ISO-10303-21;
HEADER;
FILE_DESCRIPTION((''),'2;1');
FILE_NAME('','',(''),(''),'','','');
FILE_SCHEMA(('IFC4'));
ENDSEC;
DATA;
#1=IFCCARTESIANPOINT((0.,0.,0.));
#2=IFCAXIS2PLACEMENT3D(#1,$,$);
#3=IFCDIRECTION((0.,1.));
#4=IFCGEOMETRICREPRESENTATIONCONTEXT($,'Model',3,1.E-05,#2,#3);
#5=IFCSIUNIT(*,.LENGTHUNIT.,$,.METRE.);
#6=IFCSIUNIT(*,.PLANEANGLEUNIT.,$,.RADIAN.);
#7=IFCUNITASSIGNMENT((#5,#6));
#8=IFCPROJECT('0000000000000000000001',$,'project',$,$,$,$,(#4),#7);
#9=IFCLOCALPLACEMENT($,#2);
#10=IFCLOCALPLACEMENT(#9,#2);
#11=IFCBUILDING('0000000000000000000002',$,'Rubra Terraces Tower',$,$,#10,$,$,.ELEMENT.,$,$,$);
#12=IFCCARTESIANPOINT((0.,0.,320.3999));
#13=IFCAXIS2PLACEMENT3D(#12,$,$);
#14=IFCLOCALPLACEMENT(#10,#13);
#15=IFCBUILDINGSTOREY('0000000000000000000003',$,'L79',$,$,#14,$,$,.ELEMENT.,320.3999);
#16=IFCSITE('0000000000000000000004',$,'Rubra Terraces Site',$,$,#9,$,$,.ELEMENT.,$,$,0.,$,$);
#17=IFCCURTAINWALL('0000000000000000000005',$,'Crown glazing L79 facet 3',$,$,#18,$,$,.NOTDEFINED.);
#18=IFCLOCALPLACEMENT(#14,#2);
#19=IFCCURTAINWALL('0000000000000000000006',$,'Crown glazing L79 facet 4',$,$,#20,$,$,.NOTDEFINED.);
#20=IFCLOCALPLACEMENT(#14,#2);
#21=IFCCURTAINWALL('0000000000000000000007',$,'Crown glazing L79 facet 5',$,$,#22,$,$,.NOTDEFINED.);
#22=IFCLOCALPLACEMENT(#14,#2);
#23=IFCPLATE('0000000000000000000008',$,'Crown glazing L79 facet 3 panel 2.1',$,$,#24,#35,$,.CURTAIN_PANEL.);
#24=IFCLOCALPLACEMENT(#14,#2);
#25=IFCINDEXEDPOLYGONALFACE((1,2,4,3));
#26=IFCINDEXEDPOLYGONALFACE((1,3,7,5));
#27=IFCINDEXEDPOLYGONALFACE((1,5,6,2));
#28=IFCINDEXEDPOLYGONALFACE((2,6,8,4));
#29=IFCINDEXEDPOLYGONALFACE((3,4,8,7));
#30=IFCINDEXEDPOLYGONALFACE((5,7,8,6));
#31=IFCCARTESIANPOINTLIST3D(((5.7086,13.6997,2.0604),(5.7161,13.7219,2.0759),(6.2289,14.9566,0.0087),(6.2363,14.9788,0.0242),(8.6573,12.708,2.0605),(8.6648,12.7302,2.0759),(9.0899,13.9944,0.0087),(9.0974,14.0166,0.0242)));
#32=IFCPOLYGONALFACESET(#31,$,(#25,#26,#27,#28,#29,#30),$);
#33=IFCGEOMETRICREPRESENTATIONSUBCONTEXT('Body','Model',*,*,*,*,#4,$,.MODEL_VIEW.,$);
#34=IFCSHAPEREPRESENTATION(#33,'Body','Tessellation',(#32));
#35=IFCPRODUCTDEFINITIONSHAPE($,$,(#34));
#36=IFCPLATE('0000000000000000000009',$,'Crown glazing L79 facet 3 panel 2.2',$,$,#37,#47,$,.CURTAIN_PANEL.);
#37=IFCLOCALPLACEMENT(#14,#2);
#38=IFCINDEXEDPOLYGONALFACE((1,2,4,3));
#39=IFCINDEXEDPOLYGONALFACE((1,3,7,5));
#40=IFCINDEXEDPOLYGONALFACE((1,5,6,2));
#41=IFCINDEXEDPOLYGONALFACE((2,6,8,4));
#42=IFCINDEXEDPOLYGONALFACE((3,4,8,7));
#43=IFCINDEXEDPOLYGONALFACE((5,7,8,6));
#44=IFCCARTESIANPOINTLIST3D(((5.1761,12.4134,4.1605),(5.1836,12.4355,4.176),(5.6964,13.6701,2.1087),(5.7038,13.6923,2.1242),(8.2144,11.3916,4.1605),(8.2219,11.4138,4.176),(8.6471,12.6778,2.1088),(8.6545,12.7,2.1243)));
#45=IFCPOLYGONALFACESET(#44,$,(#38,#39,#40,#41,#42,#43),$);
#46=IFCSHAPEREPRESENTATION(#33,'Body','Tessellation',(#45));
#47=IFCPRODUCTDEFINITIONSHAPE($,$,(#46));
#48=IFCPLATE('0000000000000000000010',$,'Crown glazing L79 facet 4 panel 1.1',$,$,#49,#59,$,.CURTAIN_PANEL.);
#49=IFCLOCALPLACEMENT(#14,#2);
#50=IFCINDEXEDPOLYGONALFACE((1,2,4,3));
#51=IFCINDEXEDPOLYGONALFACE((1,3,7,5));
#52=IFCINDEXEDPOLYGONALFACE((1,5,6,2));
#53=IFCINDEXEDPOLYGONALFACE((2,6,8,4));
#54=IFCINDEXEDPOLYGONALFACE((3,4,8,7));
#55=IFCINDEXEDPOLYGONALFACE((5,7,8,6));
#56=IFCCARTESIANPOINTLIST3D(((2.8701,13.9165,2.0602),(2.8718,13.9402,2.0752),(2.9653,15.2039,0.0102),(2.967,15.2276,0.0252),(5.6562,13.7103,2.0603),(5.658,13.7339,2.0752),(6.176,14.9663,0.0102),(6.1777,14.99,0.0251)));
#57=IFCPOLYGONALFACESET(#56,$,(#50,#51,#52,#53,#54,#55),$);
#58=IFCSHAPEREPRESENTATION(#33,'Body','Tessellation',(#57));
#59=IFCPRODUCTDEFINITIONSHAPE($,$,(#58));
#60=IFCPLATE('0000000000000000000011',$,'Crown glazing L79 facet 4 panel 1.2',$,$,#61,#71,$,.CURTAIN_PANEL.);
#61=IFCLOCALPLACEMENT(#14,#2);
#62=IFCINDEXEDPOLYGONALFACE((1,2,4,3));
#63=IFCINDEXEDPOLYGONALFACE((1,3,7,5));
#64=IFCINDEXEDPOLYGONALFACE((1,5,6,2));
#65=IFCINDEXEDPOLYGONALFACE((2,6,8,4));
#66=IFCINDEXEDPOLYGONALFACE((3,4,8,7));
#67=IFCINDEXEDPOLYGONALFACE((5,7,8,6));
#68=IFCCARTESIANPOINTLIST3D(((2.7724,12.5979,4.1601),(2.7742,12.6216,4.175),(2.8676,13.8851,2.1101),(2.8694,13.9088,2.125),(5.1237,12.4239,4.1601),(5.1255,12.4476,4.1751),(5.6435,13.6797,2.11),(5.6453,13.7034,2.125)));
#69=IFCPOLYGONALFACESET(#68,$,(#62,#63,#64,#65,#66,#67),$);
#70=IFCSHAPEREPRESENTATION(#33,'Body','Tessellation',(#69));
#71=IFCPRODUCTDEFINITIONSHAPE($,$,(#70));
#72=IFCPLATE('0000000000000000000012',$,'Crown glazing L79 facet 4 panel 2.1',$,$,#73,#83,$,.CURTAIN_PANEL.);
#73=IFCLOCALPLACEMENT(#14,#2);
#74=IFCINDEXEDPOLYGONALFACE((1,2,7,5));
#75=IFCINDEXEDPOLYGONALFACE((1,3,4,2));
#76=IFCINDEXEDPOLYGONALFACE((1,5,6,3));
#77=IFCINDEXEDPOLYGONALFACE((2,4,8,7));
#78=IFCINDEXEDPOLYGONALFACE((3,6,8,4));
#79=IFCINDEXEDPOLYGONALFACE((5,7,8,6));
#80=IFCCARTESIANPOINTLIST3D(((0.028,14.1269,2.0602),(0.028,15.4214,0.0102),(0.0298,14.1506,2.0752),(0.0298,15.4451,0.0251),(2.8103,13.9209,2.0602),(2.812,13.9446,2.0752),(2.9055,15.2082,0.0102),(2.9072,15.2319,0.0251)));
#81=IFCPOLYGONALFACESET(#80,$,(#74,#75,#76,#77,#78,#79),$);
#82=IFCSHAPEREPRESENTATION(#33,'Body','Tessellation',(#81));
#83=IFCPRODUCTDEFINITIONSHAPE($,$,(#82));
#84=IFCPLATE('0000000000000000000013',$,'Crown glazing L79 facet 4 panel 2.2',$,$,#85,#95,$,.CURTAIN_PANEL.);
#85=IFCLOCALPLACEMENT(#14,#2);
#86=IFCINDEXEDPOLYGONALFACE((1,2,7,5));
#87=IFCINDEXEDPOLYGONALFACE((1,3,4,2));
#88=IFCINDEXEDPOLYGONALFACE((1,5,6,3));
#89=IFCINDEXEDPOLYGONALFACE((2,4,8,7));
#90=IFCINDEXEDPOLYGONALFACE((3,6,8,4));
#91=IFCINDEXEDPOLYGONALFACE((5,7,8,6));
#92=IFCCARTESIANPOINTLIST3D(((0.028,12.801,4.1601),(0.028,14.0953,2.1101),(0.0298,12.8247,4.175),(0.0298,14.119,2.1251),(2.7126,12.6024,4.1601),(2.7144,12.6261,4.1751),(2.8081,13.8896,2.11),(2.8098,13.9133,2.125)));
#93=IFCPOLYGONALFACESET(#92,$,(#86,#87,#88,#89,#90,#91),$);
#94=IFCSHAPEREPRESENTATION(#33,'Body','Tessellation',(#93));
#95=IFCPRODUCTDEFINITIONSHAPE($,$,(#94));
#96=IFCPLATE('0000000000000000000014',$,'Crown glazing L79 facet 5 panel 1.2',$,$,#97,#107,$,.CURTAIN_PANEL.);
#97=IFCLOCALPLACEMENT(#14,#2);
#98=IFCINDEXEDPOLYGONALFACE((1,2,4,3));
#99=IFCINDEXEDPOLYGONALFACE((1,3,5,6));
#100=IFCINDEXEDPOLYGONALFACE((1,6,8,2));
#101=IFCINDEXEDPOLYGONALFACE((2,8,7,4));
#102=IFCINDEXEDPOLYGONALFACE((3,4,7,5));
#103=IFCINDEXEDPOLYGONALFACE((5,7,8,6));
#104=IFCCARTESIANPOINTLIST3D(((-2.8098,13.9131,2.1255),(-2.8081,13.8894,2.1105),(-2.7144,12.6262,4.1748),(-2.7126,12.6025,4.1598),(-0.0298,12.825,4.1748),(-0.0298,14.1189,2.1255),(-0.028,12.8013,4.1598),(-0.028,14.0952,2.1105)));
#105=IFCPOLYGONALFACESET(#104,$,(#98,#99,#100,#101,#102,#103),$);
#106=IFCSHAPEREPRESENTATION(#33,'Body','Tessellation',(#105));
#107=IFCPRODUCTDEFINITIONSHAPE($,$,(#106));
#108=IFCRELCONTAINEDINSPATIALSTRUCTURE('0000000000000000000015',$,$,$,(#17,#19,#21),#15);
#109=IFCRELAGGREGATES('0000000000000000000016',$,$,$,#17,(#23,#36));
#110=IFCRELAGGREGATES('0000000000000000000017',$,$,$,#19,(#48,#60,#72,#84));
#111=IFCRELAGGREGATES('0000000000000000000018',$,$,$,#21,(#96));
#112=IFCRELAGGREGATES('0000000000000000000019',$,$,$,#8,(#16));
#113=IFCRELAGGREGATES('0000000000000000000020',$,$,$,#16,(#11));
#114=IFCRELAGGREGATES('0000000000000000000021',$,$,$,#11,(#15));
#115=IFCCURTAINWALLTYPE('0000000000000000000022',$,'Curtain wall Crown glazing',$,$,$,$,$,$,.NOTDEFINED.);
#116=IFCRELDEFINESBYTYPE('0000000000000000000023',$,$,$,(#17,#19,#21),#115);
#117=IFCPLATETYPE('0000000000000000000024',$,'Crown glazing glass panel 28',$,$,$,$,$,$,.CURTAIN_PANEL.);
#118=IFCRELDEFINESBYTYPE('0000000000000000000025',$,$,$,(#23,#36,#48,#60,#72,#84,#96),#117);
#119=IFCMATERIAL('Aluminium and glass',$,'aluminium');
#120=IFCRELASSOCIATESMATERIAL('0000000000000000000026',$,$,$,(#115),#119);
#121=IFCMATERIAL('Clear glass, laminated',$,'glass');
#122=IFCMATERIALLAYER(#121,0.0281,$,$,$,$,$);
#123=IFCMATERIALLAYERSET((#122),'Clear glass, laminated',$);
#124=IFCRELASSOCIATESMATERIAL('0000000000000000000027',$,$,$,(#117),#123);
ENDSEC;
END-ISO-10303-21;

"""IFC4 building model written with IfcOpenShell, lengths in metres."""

from ifc_helpers import new_model, si_unit, direction, frame, origin, place, context, subcontext, project, spatial, polyline, outline, extrude, material, layer, layer_set, type_object, element, aggregate, save


model = new_model("IFC4")

# Units and contexts
model_context = context("Model", 3, precision=1e-05, world=origin(), true_north=direction((0.0, 1.0)))
body_context = subcontext(model_context, "Body", "Model", "MODEL_VIEW")
ifc_project = project(units=[si_unit("LENGTHUNIT", "METRE"), si_unit("PLANEANGLEUNIT", "RADIAN")], contexts=[model_context])

# Site, building, storey
site_placement = place(None, origin())
site = spatial("IfcSite", under=ifc_project, at=site_placement, Name="Rubra Terraces Site", CompositionType="ELEMENT", RefElevation=0.0)
building_placement = place(site_placement, origin())
building = spatial("IfcBuilding", under=site, at=building_placement, Name="Rubra Terraces Tower", CompositionType="ELEMENT")
storey_placement = place(building_placement, frame((0.0, 0.0, 320.3999)))
storey = spatial("IfcBuildingStorey", under=building, at=storey_placement, Name="L79", CompositionType="ELEMENT", Elevation=320.3999)

# Curtain walls
ifc_material_1 = material(Name="Aluminium and glass", Category="aluminium")
curtain_wall_type = type_object("IfcCurtainWallType", Name="Curtain wall Crown glazing", PredefinedType="NOTDEFINED", material=ifc_material_1)
curtain_wall_1_placement = place(storey_placement, origin())
curtain_wall_1 = element("IfcCurtainWall", 1, at=curtain_wall_1_placement, inside=storey, type_object=curtain_wall_type, Name="Crown glazing L79 facet 3", PredefinedType="NOTDEFINED")
curtain_wall_2_placement = place(storey_placement, origin())
curtain_wall_2 = element("IfcCurtainWall", 2, at=curtain_wall_2_placement, inside=storey, type_object=curtain_wall_type, Name="Crown glazing L79 facet 4", PredefinedType="NOTDEFINED")

# Curtain wall
curtain_wall_3_placement = place(storey_placement, origin())
curtain_wall_3 = element("IfcCurtainWall", 3, at=curtain_wall_3_placement, inside=storey, type_object=curtain_wall_type, Name="Crown glazing L79 facet 5", PredefinedType="NOTDEFINED")

# Plates
ifc_material_2 = material(Name="Clear glass, laminated", Category="glass")
ifc_layer = layer(ifc_material_2, 0.0281)
ifc_layer_set = layer_set([ifc_layer], Name="Clear glass, laminated")
plate_type = type_object("IfcPlateType", Name="Crown glazing glass panel 28", PredefinedType="CURTAIN_PANEL", material=ifc_layer_set)
plate_1_placement = place(storey_placement, frame((9.0974, 14.0166, 0.0242), z_axis=(0.265862, 0.790544, 0.551687), x_axis=(-0.947837, 0.318757, 0.000005)))
plate_1 = element("IfcPlate", 4, at=plate_1_placement, type_object=plate_type, Name="Crown glazing L79 facet 3 panel 2.1", PredefinedType="CURTAIN_PANEL", context=body_context, shape_type="SweptSolid", body=[
    extrude(outline(polyline([(0.0, 0.0), (3.0185, 0.0), (3.111, 2.46), (0.0, 2.46), (0.0, 0.0)])), origin(), (0.0, 0.0, -1.0), 0.0281),
])
plate_2_placement = place(storey_placement, frame((8.6545, 12.7, 2.1243), z_axis=(0.265873, 0.790562, 0.551654), x_axis=(-0.947831, 0.318773, -0.000013)))
plate_2 = element("IfcPlate", 5, at=plate_2_placement, type_object=plate_type, Name="Crown glazing L79 facet 3 panel 2.2", PredefinedType="CURTAIN_PANEL", context=body_context, shape_type="SweptSolid", body=[
    extrude(outline(polyline([(0.0, 0.0), (3.1131, 0.0), (3.2056, 2.46), (0.0, 2.4599), (0.0, 0.0)])), origin(), (0.0, 0.0, -1.0), 0.0281),
])
aggregate(curtain_wall_1, [plate_1, plate_2])
plate_3_placement = place(storey_placement, frame((6.1777, 14.99, 0.0251), z_axis=(0.062459, 0.84389, 0.532868), x_axis=(-0.997273, 0.073804, 0.000012)))
plate_3 = element("IfcPlate", 6, at=plate_3_placement, type_object=plate_type, Name="Crown glazing L79 facet 4 panel 1.1", PredefinedType="CURTAIN_PANEL", context=body_context, shape_type="SweptSolid", body=[
    extrude(outline(polyline([(0.0, 0.0), (3.2195, 0.0), (3.2194, 2.4226), (0.4257, 2.4227), (0.0, 0.0)])), origin(), (0.0, 0.0, -1.0), 0.0281),
])
plate_4_placement = place(storey_placement, frame((5.6453, 13.7034, 2.125), z_axis=(0.062448, 0.843937, 0.532795), x_axis=(-0.997274, 0.073786, 0.000013)))
plate_4 = element("IfcPlate", 7, at=plate_4_placement, type_object=plate_type, Name="Crown glazing L79 facet 4 panel 1.2", PredefinedType="CURTAIN_PANEL", context=body_context, shape_type="SweptSolid", body=[
    extrude(outline(polyline([(0.0, 0.0), (2.7835, 0.0), (2.7835, 2.4225), (0.4257, 2.4226), (0.0, 0.0)])), origin(), (0.0, 0.0, -1.0), 0.0281),
])
plate_5_placement = place(storey_placement, frame((2.9072, 15.2319, 0.0251), z_axis=(0.062504, 0.8439, 0.532846), x_axis=(-0.997268, 0.073865, -0.000002)))
plate_5 = element("IfcPlate", 8, at=plate_5_placement, type_object=plate_type, Name="Crown glazing L79 facet 4 panel 2.1", PredefinedType="CURTAIN_PANEL", context=body_context, shape_type="SweptSolid", body=[
    extrude(outline(polyline([(0.0, 0.0), (2.8853, 0.0), (2.7897, 2.4226), (-0.0001, 2.4226), (0.0, 0.0)])), origin(), (0.0, 0.0, -1.0), 0.0281),
])
plate_6_placement = place(storey_placement, frame((2.8098, 13.9133, 2.125), z_axis=(0.062438, 0.843926, 0.532814), x_axis=(-0.997275, 0.073772, 0.000018)))
plate_6 = element("IfcPlate", 9, at=plate_6_placement, type_object=plate_type, Name="Crown glazing L79 facet 4 panel 2.2", PredefinedType="CURTAIN_PANEL", context=body_context, shape_type="SweptSolid", body=[
    extrude(outline(polyline([(0.0, 0.0), (2.7876, 0.0), (2.6922, 2.4225), (0.0003, 2.4226), (0.0, 0.0)])), origin(), (0.0, 0.0, -1.0), 0.0281),
])
aggregate(curtain_wall_2, [plate_3, plate_4, plate_5, plate_6])
plate_7_placement = place(storey_placement, frame((-0.0298, 14.1189, 2.1255), z_axis=(-0.062474, 0.843905, 0.532842), x_axis=(-0.997271, -0.073828, 0.000001)))
plate_7 = element("IfcPlate", 10, at=plate_7_placement, type_object=plate_type, Name="Crown glazing L79 facet 5 panel 1.2", PredefinedType="CURTAIN_PANEL", context=body_context, shape_type="SweptSolid", body=[
    extrude(outline(polyline([(0.0, 0.0), (2.7876, 0.0), (2.7874, 2.4217), (0.0955, 2.4217), (0.0, 0.0)])), origin(), (0.0, 0.0, -1.0), 0.0281),
])
aggregate(curtain_wall_3, [plate_7])

save(model, "model.ifc")
